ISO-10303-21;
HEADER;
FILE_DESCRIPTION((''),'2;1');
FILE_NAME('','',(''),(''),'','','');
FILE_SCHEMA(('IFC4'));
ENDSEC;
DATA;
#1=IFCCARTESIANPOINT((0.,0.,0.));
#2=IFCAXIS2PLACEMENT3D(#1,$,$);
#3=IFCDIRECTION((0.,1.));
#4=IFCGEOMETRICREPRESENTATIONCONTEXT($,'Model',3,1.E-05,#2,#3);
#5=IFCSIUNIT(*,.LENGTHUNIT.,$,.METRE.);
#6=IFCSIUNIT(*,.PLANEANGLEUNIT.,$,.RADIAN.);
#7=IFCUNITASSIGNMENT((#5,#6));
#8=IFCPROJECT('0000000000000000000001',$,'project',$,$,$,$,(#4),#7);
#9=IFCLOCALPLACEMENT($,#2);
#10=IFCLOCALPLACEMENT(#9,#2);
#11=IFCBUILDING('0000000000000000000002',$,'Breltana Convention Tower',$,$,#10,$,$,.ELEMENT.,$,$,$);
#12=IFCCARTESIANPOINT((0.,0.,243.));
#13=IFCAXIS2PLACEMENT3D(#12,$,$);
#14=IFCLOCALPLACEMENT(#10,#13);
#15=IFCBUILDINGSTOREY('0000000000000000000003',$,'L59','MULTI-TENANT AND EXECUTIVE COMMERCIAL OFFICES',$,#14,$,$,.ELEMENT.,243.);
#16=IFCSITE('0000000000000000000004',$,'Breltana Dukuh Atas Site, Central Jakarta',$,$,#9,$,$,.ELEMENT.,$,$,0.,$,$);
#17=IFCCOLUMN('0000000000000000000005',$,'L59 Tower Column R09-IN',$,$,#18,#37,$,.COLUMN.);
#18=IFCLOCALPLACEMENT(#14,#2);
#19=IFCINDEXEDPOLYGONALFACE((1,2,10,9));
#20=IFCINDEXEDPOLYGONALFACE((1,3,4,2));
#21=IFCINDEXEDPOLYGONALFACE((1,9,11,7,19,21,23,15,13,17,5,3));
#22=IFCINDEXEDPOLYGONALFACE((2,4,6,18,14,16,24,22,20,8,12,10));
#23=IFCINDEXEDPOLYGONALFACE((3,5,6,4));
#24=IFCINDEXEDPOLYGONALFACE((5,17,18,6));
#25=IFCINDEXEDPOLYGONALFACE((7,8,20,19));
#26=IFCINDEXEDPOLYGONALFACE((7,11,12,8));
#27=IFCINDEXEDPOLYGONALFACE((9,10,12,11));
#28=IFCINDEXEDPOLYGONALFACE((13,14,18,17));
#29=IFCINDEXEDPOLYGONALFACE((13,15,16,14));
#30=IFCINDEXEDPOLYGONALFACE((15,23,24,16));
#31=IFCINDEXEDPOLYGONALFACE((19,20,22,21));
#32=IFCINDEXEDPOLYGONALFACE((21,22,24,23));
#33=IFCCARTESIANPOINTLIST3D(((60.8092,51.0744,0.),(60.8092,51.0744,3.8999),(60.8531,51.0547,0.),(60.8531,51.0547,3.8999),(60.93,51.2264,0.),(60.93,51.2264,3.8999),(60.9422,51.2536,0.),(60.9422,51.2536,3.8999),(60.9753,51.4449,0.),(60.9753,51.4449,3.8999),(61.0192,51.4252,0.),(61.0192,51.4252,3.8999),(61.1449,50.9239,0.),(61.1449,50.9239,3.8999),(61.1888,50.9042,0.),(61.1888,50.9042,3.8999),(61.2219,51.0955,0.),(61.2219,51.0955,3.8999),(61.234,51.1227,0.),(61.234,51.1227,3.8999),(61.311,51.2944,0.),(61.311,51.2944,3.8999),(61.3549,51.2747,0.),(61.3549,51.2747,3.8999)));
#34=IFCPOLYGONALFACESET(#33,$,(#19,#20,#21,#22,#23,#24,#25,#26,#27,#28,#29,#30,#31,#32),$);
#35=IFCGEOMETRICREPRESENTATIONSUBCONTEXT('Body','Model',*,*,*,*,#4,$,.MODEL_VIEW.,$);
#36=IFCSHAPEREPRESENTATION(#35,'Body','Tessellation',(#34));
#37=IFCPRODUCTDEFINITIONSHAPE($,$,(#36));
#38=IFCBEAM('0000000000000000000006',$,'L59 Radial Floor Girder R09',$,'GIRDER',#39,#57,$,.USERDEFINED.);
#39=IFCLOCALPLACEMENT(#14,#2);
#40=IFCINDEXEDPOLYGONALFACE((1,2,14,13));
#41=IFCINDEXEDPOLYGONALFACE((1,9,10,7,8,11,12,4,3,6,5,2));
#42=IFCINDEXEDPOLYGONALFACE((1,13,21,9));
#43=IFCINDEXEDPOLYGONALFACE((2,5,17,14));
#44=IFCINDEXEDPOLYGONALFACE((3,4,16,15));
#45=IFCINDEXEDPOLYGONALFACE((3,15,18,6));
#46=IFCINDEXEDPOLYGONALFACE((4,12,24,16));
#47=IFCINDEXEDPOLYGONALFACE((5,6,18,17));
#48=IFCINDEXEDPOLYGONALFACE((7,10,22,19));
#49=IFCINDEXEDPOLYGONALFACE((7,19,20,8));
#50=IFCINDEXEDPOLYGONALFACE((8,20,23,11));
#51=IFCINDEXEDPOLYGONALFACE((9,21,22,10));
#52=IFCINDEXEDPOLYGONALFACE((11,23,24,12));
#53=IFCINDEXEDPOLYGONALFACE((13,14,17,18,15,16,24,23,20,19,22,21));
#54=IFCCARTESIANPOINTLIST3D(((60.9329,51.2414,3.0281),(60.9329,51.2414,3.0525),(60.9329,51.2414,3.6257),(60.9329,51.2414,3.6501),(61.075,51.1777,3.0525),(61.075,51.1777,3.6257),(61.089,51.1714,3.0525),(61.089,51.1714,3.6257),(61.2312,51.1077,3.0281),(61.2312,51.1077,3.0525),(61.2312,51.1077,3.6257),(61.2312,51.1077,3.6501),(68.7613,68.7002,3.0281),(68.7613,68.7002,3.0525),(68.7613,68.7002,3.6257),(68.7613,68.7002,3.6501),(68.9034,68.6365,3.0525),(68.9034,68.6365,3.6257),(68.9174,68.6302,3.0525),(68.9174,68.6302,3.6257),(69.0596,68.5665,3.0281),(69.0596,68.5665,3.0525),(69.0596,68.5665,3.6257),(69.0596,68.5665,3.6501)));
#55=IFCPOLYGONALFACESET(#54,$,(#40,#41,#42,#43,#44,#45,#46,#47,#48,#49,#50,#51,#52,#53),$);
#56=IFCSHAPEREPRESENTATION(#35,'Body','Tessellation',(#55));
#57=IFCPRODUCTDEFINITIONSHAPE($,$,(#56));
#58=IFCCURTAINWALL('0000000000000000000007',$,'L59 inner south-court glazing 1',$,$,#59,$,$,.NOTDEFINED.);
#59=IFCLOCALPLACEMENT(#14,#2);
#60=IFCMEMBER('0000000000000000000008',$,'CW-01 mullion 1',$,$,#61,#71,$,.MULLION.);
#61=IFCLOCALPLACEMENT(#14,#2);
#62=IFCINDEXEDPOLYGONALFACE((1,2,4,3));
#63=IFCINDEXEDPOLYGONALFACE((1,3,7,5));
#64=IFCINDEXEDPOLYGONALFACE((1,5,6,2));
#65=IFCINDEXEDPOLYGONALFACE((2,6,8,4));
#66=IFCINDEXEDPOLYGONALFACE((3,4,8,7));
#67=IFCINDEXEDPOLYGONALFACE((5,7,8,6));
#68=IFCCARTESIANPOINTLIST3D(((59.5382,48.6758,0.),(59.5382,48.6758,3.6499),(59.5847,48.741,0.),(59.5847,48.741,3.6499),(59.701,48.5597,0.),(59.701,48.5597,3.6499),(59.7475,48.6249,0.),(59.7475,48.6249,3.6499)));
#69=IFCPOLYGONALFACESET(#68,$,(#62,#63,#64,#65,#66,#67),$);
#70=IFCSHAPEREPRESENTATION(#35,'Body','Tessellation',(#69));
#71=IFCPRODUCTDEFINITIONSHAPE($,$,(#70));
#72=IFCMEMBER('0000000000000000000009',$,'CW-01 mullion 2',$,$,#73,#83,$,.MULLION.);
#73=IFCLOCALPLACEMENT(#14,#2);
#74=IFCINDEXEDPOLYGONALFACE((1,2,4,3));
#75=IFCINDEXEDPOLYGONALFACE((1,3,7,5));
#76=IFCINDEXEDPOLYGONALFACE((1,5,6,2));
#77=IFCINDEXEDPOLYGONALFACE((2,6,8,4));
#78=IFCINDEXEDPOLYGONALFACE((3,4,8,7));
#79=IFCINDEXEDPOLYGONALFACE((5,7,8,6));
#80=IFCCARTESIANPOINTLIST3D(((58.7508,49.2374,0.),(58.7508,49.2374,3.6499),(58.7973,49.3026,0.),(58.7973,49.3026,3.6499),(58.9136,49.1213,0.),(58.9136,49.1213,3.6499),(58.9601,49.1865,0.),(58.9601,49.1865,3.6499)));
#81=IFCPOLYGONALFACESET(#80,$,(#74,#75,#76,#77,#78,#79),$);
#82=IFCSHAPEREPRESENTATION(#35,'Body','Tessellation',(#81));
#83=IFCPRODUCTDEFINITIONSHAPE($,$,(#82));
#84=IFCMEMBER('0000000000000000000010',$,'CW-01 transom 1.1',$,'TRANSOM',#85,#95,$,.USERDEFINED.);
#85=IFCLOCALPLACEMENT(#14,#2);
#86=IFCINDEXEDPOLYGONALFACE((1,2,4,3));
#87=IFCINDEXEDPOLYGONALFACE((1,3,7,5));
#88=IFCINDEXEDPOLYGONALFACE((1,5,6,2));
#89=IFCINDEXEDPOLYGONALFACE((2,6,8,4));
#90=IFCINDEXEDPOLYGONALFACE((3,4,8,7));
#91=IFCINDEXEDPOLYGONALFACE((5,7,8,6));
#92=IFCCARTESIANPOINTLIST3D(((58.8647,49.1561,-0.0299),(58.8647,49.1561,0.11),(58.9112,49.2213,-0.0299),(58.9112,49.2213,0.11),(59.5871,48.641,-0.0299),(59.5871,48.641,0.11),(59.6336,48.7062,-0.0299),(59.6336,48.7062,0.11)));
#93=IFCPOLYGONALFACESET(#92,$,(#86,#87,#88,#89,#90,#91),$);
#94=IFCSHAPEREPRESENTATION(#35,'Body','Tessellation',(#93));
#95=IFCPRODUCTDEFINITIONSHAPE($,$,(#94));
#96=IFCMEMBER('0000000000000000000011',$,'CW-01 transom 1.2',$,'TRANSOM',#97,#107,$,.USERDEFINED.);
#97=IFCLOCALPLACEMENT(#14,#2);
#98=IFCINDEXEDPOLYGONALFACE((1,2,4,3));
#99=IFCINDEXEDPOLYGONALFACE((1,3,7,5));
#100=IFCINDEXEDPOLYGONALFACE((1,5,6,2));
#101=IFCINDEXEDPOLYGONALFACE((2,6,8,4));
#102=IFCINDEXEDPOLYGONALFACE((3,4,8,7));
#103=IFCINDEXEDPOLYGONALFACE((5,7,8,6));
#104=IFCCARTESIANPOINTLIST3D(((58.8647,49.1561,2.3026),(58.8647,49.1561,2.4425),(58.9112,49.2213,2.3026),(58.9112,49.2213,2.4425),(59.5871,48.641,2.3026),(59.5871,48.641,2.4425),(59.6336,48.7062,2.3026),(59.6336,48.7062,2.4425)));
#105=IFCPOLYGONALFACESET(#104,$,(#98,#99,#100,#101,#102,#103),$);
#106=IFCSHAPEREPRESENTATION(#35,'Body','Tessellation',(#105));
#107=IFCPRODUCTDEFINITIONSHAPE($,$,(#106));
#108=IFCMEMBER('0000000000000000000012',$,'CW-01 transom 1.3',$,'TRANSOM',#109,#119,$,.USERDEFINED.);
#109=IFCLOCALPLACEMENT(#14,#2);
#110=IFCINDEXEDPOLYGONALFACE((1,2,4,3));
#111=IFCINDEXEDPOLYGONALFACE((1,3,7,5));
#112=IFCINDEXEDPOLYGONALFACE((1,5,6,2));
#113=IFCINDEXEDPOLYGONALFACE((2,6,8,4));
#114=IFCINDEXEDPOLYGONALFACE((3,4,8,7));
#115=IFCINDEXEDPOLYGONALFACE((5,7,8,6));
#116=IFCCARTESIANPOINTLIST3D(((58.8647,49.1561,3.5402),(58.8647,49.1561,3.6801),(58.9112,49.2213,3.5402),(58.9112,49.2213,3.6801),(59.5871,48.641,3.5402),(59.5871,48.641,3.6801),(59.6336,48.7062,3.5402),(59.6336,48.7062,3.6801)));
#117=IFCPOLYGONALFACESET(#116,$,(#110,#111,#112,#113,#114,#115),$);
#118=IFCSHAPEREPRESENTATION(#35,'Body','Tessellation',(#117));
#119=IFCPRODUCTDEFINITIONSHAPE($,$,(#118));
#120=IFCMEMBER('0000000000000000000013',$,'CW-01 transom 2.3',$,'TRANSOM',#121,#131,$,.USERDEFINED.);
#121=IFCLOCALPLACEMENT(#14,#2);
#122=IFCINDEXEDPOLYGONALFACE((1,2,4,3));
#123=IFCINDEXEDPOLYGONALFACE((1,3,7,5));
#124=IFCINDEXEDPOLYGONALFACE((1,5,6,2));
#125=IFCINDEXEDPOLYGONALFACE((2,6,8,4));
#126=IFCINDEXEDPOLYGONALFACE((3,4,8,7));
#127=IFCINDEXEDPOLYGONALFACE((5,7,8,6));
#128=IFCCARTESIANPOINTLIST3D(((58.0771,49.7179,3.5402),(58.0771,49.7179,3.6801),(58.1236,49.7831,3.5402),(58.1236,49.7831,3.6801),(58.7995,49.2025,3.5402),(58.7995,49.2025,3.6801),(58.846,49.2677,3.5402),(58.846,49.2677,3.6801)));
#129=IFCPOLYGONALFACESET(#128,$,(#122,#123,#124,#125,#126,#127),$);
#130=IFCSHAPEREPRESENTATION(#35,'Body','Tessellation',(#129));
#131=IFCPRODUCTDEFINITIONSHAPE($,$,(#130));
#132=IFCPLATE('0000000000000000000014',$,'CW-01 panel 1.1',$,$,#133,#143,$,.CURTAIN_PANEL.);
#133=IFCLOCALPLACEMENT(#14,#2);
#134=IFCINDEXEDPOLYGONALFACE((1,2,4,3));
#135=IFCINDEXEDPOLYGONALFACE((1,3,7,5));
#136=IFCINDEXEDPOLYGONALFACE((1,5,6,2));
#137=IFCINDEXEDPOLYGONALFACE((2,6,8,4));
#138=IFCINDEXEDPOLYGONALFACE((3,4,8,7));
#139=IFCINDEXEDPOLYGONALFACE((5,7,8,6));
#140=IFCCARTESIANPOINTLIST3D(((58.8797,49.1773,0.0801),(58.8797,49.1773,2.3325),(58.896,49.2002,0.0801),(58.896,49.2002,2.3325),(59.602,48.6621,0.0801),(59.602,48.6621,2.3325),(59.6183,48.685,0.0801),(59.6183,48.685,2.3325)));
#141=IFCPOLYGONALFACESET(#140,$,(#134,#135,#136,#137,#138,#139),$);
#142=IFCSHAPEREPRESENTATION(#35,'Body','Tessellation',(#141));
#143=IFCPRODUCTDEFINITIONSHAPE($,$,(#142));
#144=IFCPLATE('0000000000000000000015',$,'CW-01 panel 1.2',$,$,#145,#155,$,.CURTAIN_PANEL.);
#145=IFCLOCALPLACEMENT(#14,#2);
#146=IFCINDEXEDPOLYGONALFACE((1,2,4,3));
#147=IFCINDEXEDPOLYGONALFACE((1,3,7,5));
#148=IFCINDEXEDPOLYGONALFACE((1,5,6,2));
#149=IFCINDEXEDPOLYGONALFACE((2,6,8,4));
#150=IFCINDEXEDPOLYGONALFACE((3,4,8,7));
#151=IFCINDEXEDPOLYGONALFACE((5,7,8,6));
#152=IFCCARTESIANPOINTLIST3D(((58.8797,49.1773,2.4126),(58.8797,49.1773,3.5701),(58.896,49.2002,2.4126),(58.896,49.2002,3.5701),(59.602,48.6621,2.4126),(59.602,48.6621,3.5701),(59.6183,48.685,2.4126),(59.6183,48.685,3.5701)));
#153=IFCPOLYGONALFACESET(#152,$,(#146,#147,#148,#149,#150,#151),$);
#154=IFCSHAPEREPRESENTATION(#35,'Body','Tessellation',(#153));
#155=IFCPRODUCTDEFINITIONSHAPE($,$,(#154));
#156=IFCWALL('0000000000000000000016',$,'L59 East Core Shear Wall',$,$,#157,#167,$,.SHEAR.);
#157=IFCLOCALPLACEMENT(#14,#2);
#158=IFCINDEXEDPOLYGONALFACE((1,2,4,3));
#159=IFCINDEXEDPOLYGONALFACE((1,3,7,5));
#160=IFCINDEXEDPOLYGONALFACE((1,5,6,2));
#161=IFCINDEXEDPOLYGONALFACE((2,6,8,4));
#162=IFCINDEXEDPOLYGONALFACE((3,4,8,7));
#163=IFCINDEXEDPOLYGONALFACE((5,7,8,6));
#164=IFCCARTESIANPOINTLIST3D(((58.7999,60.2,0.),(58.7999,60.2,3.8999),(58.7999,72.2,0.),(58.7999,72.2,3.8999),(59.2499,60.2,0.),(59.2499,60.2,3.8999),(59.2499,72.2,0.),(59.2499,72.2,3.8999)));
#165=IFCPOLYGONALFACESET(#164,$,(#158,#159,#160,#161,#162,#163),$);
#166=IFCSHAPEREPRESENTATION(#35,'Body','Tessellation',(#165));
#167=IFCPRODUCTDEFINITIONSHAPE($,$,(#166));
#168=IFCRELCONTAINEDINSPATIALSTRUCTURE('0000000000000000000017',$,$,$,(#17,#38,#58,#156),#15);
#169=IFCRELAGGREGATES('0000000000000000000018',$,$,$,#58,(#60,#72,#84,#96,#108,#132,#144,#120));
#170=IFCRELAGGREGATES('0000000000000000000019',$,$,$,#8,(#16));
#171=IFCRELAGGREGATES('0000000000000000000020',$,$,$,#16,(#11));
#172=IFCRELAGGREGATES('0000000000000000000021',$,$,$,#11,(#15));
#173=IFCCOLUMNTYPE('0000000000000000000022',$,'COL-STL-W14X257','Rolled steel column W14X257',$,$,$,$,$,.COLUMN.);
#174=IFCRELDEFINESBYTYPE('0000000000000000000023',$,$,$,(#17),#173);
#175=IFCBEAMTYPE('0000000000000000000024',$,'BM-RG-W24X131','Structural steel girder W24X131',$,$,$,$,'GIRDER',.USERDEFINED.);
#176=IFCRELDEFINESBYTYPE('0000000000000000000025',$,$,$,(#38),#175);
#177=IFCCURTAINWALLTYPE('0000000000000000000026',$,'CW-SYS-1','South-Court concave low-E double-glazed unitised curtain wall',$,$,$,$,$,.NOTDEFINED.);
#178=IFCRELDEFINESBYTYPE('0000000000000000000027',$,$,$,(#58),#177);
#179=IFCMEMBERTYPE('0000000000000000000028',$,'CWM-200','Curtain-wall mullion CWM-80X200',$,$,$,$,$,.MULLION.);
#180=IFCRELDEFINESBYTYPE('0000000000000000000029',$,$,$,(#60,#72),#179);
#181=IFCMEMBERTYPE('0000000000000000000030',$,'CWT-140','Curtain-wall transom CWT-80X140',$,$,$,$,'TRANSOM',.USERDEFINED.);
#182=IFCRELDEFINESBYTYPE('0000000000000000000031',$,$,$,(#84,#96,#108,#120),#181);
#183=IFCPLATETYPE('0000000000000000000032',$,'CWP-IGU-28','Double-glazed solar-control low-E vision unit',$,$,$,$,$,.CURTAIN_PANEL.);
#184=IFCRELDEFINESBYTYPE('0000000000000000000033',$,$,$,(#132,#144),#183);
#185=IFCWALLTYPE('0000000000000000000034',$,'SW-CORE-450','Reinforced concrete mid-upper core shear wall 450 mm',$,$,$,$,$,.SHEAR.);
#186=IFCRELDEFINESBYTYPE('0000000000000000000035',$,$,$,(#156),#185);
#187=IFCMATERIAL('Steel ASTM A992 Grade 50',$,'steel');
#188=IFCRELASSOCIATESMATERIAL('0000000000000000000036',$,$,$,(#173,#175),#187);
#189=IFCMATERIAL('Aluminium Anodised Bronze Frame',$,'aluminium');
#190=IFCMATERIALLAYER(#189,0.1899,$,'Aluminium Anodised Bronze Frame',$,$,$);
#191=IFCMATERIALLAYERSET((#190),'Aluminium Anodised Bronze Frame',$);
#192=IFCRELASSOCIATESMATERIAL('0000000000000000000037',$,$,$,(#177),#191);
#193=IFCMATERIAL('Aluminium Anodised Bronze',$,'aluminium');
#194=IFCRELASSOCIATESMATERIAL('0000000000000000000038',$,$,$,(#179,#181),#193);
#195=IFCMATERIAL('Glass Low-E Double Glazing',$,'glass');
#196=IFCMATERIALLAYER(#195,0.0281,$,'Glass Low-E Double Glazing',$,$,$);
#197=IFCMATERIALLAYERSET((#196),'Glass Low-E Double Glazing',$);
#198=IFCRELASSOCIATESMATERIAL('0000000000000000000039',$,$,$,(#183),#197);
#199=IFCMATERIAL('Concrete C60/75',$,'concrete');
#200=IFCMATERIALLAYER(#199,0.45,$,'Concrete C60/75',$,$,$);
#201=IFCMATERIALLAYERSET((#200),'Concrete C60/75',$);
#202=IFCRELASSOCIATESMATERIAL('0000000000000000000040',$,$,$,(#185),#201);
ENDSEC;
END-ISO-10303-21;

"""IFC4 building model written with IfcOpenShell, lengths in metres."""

from ifc_helpers import new_model, si_unit, direction, frame, frame_2d, origin, origin_2d, place, context, subcontext, project, spatial, rectangle, i_section, extrude, source, transform, mapped, material, layer, layer_set, material_profile, profile_set, type_object, element, aggregate, save


model = new_model("IFC4")

# Units and contexts
model_context = context("Model", 3, precision=1e-05, world=origin(), true_north=direction((0.0, 1.0)))
body_context = subcontext(model_context, "Body", "Model", "MODEL_VIEW")
ifc_project = project(units=[si_unit("LENGTHUNIT", "METRE"), si_unit("PLANEANGLEUNIT", "RADIAN")], contexts=[model_context])

# Site, building, storey
site_placement = place(None, origin())
site = spatial("IfcSite", under=ifc_project, at=site_placement, Name="Breltana Dukuh Atas Site, Central Jakarta", CompositionType="ELEMENT", RefElevation=0.0)
building_placement = place(site_placement, origin())
building = spatial("IfcBuilding", under=site, at=building_placement, Name="Breltana Convention Tower", CompositionType="ELEMENT")
storey_placement = place(building_placement, frame((0.0, 0.0, 243.0)))
storey = spatial("IfcBuildingStorey", under=building, at=storey_placement, Name="L59", Description="MULTI-TENANT AND EXECUTIVE COMMERCIAL OFFICES", CompositionType="ELEMENT", Elevation=243.0)

# Column
ifc_material_1 = material(Name="Steel ASTM A992 Grade 50", Category="steel")
ifc_material_profile_1 = material_profile(ifc_material_1, i_section(OverallWidth=0.406, OverallDepth=0.416, WebThickness=0.0298, FlangeThickness=0.0481, at=origin_2d()), Name="W14X257")
ifc_profile_set_1 = profile_set([ifc_material_profile_1], Name="Steel ASTM A992 Grade 50")
column_type = type_object("IfcColumnType", Name="COL-STL-W14X257", Description="Rolled steel column W14X257", PredefinedType="COLUMN", material=ifc_profile_set_1)
shared_shape_1 = source(origin(), body_context, "Body", "SweptSolid", [
    extrude(i_section(OverallWidth=0.406, OverallDepth=0.416, WebThickness=0.0298, FlangeThickness=0.0481, at=origin_2d()), origin(), (0.0, 0.0, 1.0), 3.8999),
])
column_placement = place(storey_placement, frame((61.082, 51.1746, 0.0), z_axis=(0.0, 0.0, 1.0), x_axis=(0.409127, 0.912477, 0.0)))
element("IfcColumn", 1, at=column_placement, inside=storey, type_object=column_type, Name="L59 Tower Column R09-IN", PredefinedType="COLUMN", context=body_context, shape_type="MappedRepresentation", body=[
    mapped(shared_shape_1, transform((0.0, 0.0, 0.0), scale=1.0)),
])

# Beam
ifc_material_profile_2 = material_profile(ifc_material_1, i_section(OverallWidth=0.3269, OverallDepth=0.6221, WebThickness=0.0154, FlangeThickness=0.0244, at=origin_2d()), Name="W24X131")
ifc_profile_set_2 = profile_set([ifc_material_profile_2], Name="Steel ASTM A992 Grade 50")
beam_type = type_object("IfcBeamType", Name="BM-RG-W24X131", Description="Structural steel girder W24X131", ElementType="GIRDER", PredefinedType="USERDEFINED", material=ifc_profile_set_2)
shared_shape_2 = source(origin(), body_context, "Body", "SweptSolid", [
    extrude(i_section(OverallWidth=0.3269, OverallDepth=0.6221, WebThickness=0.0154, FlangeThickness=0.0244, at=origin_2d()), origin(), (0.0, 0.0, 1.0), 19.1335),
])
beam_placement = place(storey_placement, frame((61.082, 51.1746, 3.3391), z_axis=(0.409145, 0.91247, 0.0), x_axis=(-0.91247, 0.409145, 0.0)))
element("IfcBeam", 2, at=beam_placement, inside=storey, type_object=beam_type, Name="L59 Radial Floor Girder R09", ObjectType="GIRDER", PredefinedType="USERDEFINED", context=body_context, shape_type="MappedRepresentation", body=[
    mapped(shared_shape_2, transform((0.0, 0.0, 0.0), scale=1.0)),
])

# Curtain wall, members, plates
ifc_material_2 = material(Name="Aluminium Anodised Bronze Frame", Category="aluminium")
ifc_layer_1 = layer(ifc_material_2, 0.1899, Name="Aluminium Anodised Bronze Frame")
ifc_layer_set_1 = layer_set([ifc_layer_1], Name="Aluminium Anodised Bronze Frame")
curtain_wall_type = type_object("IfcCurtainWallType", Name="CW-SYS-1", Description="South-Court concave low-E double-glazed unitised curtain wall", PredefinedType="NOTDEFINED", material=ifc_layer_set_1)
curtain_wall_placement = place(storey_placement, origin())
curtain_wall = element("IfcCurtainWall", 3, at=curtain_wall_placement, inside=storey, type_object=curtain_wall_type, Name="L59 inner south-court glazing 1", PredefinedType="NOTDEFINED")
ifc_material_3 = material(Name="Aluminium Anodised Bronze", Category="aluminium")
ifc_material_profile_3 = material_profile(ifc_material_3, rectangle(XDim=0.0801, YDim=0.2, at=origin_2d()), Name="CWM-80X200")
ifc_profile_set_3 = profile_set([ifc_material_profile_3], Name="Aluminium Anodised Bronze")
member_type_1 = type_object("IfcMemberType", Name="CWM-200", Description="Curtain-wall mullion CWM-80X200", PredefinedType="MULLION", material=ifc_profile_set_3)
shared_shape_3 = source(origin(), body_context, "Body", "SweptSolid", [
    extrude(rectangle(XDim=0.0801, YDim=0.2, at=origin_2d()), origin(), (0.0, 0.0, 1.0), 3.6499),
])
member_1_placement = place(storey_placement, frame((59.6428, 48.6504, 0.0), z_axis=(0.0, 0.0, 1.0), x_axis=(-0.580679, -0.814132, 0.0)))
member_1 = element("IfcMember", 4, at=member_1_placement, type_object=member_type_1, Name="CW-01 mullion 1", PredefinedType="MULLION", context=body_context, shape_type="MappedRepresentation", body=[
    mapped(shared_shape_3, transform((0.0, 0.0, 0.0), scale=1.0)),
])
member_2_placement = place(storey_placement, frame((58.8555, 49.2119, 0.0), z_axis=(0.0, 0.0, 1.0), x_axis=(-0.580679, -0.814132, 0.0)))
member_2 = element("IfcMember", 5, at=member_2_placement, type_object=member_type_1, Name="CW-01 mullion 2", PredefinedType="MULLION", context=body_context, shape_type="MappedRepresentation", body=[
    mapped(shared_shape_3, transform((0.0, 0.0, 0.0), scale=1.0)),
])
ifc_material_profile_4 = material_profile(ifc_material_3, rectangle(XDim=0.0801, YDim=0.1399, at=origin_2d()), Name="CWT-80X140")
ifc_profile_set_4 = profile_set([ifc_material_profile_4], Name="Aluminium Anodised Bronze")
member_type_2 = type_object("IfcMemberType", Name="CWT-140", Description="Curtain-wall transom CWT-80X140", ElementType="TRANSOM", PredefinedType="USERDEFINED", material=ifc_profile_set_4)
shared_shape_4 = source(origin(), body_context, "Body", "SweptSolid", [
    extrude(rectangle(XDim=0.0801, YDim=0.1399, at=origin_2d()), origin(), (0.0, 0.0, 1.0), 0.8872),
])
member_3_placement = place(storey_placement, frame((59.6104, 48.6736, 0.04), z_axis=(-0.814198, 0.580587, 0.0), x_axis=(-0.580587, -0.814198, 0.0)))
member_3 = element("IfcMember", 6, at=member_3_placement, type_object=member_type_2, Name="CW-01 transom 1.1", ObjectType="TRANSOM", PredefinedType="USERDEFINED", context=body_context, shape_type="MappedRepresentation", body=[
    mapped(shared_shape_4, transform((0.0, 0.0, 0.0), scale=1.0)),
])
member_4_placement = place(storey_placement, frame((59.6104, 48.6736, 2.3726), z_axis=(-0.814198, 0.580587, 0.0), x_axis=(-0.580587, -0.814198, 0.0)))
member_4 = element("IfcMember", 7, at=member_4_placement, type_object=member_type_2, Name="CW-01 transom 1.2", ObjectType="TRANSOM", PredefinedType="USERDEFINED", context=body_context, shape_type="MappedRepresentation", body=[
    mapped(shared_shape_4, transform((0.0, 0.0, 0.0), scale=1.0)),
])
member_5_placement = place(storey_placement, frame((59.6104, 48.6736, 3.6101), z_axis=(-0.814198, 0.580587, 0.0), x_axis=(-0.580587, -0.814198, 0.0)))
member_5 = element("IfcMember", 8, at=member_5_placement, type_object=member_type_2, Name="CW-01 transom 1.3", ObjectType="TRANSOM", PredefinedType="USERDEFINED", context=body_context, shape_type="MappedRepresentation", body=[
    mapped(shared_shape_4, transform((0.0, 0.0, 0.0), scale=1.0)),
])
shared_shape_5 = source(origin(), body_context, "Body", "SweptSolid", [
    extrude(rectangle(XDim=0.0801, YDim=0.1399, at=origin_2d()), origin(), (0.0, 0.0, 1.0), 0.8875),
])
member_6_placement = place(storey_placement, frame((58.8228, 49.2351, 3.6101), z_axis=(-0.814068, 0.58077, 0.0), x_axis=(-0.58077, -0.814068, 0.0)))
member_6 = element("IfcMember", 9, at=member_6_placement, type_object=member_type_2, Name="CW-01 transom 2.3", ObjectType="TRANSOM", PredefinedType="USERDEFINED", context=body_context, shape_type="MappedRepresentation", body=[
    mapped(shared_shape_5, transform((0.0, 0.0, 0.0), scale=1.0)),
])
ifc_material_4 = material(Name="Glass Low-E Double Glazing", Category="glass")
ifc_layer_2 = layer(ifc_material_4, 0.0281, Name="Glass Low-E Double Glazing")
ifc_layer_set_2 = layer_set([ifc_layer_2], Name="Glass Low-E Double Glazing")
plate_type = type_object("IfcPlateType", Name="CWP-IGU-28", Description="Double-glazed solar-control low-E vision unit", PredefinedType="CURTAIN_PANEL", material=ifc_layer_set_2)
shared_shape_6 = source(origin(), body_context, "Body", "SweptSolid", [
    extrude(rectangle(XDim=0.8872, YDim=0.0281, at=origin_2d()), origin(), (0.0, 0.0, 1.0), 2.2524),
])
plate_1_placement = place(storey_placement, frame((59.249, 48.9312, 0.0801), z_axis=(0.0, 0.0, 1.0), x_axis=(-0.814132, 0.580679, 0.0)))
plate_1 = element("IfcPlate", 10, at=plate_1_placement, type_object=plate_type, Name="CW-01 panel 1.1", PredefinedType="CURTAIN_PANEL", context=body_context, shape_type="MappedRepresentation", body=[
    mapped(shared_shape_6, transform((0.0, 0.0, 0.0), scale=1.0)),
])
shared_shape_7 = source(origin(), body_context, "Body", "SweptSolid", [
    extrude(rectangle(XDim=0.8872, YDim=0.0281, at=origin_2d()), origin(), (0.0, 0.0, 1.0), 1.1575),
])
plate_2_placement = place(storey_placement, frame((59.249, 48.9312, 2.4126), z_axis=(0.0, 0.0, 1.0), x_axis=(-0.814132, 0.580679, 0.0)))
plate_2 = element("IfcPlate", 11, at=plate_2_placement, type_object=plate_type, Name="CW-01 panel 1.2", PredefinedType="CURTAIN_PANEL", context=body_context, shape_type="MappedRepresentation", body=[
    mapped(shared_shape_7, transform((0.0, 0.0, 0.0), scale=1.0)),
])
aggregate(curtain_wall, [member_1, member_2, member_3, member_4, member_5, plate_1, plate_2, member_6])

# Wall
ifc_material_5 = material(Name="Concrete C60/75", Category="concrete")
ifc_layer_3 = layer(ifc_material_5, 0.45, Name="Concrete C60/75")
ifc_layer_set_3 = layer_set([ifc_layer_3], Name="Concrete C60/75")
wall_type_1 = type_object("IfcWallType", Name="SW-CORE-450", Description="Reinforced concrete mid-upper core shear wall 450 mm", PredefinedType="SHEAR", material=ifc_layer_set_3)
shared_shape_8 = source(origin(), body_context, "Body", "SweptSolid", [
    extrude(rectangle(XDim=12.0, YDim=0.45, at=frame_2d((6.0, 0.0))), origin(), (0.0, 0.0, 1.0), 3.8999),
])
wall_1_placement = place(storey_placement, frame((59.0249, 60.2, 0.0), z_axis=(0.0, 0.0, 1.0), x_axis=(0.0, 1.0, 0.0)))
element("IfcWall", 12, at=wall_1_placement, inside=storey, type_object=wall_type_1, Name="L59 East Core Shear Wall", PredefinedType="SHEAR", context=body_context, shape_type="MappedRepresentation", body=[
    mapped(shared_shape_8, transform((0.0, 0.0, 0.0), scale=1.0)),
])

save(model, "model.ifc")
